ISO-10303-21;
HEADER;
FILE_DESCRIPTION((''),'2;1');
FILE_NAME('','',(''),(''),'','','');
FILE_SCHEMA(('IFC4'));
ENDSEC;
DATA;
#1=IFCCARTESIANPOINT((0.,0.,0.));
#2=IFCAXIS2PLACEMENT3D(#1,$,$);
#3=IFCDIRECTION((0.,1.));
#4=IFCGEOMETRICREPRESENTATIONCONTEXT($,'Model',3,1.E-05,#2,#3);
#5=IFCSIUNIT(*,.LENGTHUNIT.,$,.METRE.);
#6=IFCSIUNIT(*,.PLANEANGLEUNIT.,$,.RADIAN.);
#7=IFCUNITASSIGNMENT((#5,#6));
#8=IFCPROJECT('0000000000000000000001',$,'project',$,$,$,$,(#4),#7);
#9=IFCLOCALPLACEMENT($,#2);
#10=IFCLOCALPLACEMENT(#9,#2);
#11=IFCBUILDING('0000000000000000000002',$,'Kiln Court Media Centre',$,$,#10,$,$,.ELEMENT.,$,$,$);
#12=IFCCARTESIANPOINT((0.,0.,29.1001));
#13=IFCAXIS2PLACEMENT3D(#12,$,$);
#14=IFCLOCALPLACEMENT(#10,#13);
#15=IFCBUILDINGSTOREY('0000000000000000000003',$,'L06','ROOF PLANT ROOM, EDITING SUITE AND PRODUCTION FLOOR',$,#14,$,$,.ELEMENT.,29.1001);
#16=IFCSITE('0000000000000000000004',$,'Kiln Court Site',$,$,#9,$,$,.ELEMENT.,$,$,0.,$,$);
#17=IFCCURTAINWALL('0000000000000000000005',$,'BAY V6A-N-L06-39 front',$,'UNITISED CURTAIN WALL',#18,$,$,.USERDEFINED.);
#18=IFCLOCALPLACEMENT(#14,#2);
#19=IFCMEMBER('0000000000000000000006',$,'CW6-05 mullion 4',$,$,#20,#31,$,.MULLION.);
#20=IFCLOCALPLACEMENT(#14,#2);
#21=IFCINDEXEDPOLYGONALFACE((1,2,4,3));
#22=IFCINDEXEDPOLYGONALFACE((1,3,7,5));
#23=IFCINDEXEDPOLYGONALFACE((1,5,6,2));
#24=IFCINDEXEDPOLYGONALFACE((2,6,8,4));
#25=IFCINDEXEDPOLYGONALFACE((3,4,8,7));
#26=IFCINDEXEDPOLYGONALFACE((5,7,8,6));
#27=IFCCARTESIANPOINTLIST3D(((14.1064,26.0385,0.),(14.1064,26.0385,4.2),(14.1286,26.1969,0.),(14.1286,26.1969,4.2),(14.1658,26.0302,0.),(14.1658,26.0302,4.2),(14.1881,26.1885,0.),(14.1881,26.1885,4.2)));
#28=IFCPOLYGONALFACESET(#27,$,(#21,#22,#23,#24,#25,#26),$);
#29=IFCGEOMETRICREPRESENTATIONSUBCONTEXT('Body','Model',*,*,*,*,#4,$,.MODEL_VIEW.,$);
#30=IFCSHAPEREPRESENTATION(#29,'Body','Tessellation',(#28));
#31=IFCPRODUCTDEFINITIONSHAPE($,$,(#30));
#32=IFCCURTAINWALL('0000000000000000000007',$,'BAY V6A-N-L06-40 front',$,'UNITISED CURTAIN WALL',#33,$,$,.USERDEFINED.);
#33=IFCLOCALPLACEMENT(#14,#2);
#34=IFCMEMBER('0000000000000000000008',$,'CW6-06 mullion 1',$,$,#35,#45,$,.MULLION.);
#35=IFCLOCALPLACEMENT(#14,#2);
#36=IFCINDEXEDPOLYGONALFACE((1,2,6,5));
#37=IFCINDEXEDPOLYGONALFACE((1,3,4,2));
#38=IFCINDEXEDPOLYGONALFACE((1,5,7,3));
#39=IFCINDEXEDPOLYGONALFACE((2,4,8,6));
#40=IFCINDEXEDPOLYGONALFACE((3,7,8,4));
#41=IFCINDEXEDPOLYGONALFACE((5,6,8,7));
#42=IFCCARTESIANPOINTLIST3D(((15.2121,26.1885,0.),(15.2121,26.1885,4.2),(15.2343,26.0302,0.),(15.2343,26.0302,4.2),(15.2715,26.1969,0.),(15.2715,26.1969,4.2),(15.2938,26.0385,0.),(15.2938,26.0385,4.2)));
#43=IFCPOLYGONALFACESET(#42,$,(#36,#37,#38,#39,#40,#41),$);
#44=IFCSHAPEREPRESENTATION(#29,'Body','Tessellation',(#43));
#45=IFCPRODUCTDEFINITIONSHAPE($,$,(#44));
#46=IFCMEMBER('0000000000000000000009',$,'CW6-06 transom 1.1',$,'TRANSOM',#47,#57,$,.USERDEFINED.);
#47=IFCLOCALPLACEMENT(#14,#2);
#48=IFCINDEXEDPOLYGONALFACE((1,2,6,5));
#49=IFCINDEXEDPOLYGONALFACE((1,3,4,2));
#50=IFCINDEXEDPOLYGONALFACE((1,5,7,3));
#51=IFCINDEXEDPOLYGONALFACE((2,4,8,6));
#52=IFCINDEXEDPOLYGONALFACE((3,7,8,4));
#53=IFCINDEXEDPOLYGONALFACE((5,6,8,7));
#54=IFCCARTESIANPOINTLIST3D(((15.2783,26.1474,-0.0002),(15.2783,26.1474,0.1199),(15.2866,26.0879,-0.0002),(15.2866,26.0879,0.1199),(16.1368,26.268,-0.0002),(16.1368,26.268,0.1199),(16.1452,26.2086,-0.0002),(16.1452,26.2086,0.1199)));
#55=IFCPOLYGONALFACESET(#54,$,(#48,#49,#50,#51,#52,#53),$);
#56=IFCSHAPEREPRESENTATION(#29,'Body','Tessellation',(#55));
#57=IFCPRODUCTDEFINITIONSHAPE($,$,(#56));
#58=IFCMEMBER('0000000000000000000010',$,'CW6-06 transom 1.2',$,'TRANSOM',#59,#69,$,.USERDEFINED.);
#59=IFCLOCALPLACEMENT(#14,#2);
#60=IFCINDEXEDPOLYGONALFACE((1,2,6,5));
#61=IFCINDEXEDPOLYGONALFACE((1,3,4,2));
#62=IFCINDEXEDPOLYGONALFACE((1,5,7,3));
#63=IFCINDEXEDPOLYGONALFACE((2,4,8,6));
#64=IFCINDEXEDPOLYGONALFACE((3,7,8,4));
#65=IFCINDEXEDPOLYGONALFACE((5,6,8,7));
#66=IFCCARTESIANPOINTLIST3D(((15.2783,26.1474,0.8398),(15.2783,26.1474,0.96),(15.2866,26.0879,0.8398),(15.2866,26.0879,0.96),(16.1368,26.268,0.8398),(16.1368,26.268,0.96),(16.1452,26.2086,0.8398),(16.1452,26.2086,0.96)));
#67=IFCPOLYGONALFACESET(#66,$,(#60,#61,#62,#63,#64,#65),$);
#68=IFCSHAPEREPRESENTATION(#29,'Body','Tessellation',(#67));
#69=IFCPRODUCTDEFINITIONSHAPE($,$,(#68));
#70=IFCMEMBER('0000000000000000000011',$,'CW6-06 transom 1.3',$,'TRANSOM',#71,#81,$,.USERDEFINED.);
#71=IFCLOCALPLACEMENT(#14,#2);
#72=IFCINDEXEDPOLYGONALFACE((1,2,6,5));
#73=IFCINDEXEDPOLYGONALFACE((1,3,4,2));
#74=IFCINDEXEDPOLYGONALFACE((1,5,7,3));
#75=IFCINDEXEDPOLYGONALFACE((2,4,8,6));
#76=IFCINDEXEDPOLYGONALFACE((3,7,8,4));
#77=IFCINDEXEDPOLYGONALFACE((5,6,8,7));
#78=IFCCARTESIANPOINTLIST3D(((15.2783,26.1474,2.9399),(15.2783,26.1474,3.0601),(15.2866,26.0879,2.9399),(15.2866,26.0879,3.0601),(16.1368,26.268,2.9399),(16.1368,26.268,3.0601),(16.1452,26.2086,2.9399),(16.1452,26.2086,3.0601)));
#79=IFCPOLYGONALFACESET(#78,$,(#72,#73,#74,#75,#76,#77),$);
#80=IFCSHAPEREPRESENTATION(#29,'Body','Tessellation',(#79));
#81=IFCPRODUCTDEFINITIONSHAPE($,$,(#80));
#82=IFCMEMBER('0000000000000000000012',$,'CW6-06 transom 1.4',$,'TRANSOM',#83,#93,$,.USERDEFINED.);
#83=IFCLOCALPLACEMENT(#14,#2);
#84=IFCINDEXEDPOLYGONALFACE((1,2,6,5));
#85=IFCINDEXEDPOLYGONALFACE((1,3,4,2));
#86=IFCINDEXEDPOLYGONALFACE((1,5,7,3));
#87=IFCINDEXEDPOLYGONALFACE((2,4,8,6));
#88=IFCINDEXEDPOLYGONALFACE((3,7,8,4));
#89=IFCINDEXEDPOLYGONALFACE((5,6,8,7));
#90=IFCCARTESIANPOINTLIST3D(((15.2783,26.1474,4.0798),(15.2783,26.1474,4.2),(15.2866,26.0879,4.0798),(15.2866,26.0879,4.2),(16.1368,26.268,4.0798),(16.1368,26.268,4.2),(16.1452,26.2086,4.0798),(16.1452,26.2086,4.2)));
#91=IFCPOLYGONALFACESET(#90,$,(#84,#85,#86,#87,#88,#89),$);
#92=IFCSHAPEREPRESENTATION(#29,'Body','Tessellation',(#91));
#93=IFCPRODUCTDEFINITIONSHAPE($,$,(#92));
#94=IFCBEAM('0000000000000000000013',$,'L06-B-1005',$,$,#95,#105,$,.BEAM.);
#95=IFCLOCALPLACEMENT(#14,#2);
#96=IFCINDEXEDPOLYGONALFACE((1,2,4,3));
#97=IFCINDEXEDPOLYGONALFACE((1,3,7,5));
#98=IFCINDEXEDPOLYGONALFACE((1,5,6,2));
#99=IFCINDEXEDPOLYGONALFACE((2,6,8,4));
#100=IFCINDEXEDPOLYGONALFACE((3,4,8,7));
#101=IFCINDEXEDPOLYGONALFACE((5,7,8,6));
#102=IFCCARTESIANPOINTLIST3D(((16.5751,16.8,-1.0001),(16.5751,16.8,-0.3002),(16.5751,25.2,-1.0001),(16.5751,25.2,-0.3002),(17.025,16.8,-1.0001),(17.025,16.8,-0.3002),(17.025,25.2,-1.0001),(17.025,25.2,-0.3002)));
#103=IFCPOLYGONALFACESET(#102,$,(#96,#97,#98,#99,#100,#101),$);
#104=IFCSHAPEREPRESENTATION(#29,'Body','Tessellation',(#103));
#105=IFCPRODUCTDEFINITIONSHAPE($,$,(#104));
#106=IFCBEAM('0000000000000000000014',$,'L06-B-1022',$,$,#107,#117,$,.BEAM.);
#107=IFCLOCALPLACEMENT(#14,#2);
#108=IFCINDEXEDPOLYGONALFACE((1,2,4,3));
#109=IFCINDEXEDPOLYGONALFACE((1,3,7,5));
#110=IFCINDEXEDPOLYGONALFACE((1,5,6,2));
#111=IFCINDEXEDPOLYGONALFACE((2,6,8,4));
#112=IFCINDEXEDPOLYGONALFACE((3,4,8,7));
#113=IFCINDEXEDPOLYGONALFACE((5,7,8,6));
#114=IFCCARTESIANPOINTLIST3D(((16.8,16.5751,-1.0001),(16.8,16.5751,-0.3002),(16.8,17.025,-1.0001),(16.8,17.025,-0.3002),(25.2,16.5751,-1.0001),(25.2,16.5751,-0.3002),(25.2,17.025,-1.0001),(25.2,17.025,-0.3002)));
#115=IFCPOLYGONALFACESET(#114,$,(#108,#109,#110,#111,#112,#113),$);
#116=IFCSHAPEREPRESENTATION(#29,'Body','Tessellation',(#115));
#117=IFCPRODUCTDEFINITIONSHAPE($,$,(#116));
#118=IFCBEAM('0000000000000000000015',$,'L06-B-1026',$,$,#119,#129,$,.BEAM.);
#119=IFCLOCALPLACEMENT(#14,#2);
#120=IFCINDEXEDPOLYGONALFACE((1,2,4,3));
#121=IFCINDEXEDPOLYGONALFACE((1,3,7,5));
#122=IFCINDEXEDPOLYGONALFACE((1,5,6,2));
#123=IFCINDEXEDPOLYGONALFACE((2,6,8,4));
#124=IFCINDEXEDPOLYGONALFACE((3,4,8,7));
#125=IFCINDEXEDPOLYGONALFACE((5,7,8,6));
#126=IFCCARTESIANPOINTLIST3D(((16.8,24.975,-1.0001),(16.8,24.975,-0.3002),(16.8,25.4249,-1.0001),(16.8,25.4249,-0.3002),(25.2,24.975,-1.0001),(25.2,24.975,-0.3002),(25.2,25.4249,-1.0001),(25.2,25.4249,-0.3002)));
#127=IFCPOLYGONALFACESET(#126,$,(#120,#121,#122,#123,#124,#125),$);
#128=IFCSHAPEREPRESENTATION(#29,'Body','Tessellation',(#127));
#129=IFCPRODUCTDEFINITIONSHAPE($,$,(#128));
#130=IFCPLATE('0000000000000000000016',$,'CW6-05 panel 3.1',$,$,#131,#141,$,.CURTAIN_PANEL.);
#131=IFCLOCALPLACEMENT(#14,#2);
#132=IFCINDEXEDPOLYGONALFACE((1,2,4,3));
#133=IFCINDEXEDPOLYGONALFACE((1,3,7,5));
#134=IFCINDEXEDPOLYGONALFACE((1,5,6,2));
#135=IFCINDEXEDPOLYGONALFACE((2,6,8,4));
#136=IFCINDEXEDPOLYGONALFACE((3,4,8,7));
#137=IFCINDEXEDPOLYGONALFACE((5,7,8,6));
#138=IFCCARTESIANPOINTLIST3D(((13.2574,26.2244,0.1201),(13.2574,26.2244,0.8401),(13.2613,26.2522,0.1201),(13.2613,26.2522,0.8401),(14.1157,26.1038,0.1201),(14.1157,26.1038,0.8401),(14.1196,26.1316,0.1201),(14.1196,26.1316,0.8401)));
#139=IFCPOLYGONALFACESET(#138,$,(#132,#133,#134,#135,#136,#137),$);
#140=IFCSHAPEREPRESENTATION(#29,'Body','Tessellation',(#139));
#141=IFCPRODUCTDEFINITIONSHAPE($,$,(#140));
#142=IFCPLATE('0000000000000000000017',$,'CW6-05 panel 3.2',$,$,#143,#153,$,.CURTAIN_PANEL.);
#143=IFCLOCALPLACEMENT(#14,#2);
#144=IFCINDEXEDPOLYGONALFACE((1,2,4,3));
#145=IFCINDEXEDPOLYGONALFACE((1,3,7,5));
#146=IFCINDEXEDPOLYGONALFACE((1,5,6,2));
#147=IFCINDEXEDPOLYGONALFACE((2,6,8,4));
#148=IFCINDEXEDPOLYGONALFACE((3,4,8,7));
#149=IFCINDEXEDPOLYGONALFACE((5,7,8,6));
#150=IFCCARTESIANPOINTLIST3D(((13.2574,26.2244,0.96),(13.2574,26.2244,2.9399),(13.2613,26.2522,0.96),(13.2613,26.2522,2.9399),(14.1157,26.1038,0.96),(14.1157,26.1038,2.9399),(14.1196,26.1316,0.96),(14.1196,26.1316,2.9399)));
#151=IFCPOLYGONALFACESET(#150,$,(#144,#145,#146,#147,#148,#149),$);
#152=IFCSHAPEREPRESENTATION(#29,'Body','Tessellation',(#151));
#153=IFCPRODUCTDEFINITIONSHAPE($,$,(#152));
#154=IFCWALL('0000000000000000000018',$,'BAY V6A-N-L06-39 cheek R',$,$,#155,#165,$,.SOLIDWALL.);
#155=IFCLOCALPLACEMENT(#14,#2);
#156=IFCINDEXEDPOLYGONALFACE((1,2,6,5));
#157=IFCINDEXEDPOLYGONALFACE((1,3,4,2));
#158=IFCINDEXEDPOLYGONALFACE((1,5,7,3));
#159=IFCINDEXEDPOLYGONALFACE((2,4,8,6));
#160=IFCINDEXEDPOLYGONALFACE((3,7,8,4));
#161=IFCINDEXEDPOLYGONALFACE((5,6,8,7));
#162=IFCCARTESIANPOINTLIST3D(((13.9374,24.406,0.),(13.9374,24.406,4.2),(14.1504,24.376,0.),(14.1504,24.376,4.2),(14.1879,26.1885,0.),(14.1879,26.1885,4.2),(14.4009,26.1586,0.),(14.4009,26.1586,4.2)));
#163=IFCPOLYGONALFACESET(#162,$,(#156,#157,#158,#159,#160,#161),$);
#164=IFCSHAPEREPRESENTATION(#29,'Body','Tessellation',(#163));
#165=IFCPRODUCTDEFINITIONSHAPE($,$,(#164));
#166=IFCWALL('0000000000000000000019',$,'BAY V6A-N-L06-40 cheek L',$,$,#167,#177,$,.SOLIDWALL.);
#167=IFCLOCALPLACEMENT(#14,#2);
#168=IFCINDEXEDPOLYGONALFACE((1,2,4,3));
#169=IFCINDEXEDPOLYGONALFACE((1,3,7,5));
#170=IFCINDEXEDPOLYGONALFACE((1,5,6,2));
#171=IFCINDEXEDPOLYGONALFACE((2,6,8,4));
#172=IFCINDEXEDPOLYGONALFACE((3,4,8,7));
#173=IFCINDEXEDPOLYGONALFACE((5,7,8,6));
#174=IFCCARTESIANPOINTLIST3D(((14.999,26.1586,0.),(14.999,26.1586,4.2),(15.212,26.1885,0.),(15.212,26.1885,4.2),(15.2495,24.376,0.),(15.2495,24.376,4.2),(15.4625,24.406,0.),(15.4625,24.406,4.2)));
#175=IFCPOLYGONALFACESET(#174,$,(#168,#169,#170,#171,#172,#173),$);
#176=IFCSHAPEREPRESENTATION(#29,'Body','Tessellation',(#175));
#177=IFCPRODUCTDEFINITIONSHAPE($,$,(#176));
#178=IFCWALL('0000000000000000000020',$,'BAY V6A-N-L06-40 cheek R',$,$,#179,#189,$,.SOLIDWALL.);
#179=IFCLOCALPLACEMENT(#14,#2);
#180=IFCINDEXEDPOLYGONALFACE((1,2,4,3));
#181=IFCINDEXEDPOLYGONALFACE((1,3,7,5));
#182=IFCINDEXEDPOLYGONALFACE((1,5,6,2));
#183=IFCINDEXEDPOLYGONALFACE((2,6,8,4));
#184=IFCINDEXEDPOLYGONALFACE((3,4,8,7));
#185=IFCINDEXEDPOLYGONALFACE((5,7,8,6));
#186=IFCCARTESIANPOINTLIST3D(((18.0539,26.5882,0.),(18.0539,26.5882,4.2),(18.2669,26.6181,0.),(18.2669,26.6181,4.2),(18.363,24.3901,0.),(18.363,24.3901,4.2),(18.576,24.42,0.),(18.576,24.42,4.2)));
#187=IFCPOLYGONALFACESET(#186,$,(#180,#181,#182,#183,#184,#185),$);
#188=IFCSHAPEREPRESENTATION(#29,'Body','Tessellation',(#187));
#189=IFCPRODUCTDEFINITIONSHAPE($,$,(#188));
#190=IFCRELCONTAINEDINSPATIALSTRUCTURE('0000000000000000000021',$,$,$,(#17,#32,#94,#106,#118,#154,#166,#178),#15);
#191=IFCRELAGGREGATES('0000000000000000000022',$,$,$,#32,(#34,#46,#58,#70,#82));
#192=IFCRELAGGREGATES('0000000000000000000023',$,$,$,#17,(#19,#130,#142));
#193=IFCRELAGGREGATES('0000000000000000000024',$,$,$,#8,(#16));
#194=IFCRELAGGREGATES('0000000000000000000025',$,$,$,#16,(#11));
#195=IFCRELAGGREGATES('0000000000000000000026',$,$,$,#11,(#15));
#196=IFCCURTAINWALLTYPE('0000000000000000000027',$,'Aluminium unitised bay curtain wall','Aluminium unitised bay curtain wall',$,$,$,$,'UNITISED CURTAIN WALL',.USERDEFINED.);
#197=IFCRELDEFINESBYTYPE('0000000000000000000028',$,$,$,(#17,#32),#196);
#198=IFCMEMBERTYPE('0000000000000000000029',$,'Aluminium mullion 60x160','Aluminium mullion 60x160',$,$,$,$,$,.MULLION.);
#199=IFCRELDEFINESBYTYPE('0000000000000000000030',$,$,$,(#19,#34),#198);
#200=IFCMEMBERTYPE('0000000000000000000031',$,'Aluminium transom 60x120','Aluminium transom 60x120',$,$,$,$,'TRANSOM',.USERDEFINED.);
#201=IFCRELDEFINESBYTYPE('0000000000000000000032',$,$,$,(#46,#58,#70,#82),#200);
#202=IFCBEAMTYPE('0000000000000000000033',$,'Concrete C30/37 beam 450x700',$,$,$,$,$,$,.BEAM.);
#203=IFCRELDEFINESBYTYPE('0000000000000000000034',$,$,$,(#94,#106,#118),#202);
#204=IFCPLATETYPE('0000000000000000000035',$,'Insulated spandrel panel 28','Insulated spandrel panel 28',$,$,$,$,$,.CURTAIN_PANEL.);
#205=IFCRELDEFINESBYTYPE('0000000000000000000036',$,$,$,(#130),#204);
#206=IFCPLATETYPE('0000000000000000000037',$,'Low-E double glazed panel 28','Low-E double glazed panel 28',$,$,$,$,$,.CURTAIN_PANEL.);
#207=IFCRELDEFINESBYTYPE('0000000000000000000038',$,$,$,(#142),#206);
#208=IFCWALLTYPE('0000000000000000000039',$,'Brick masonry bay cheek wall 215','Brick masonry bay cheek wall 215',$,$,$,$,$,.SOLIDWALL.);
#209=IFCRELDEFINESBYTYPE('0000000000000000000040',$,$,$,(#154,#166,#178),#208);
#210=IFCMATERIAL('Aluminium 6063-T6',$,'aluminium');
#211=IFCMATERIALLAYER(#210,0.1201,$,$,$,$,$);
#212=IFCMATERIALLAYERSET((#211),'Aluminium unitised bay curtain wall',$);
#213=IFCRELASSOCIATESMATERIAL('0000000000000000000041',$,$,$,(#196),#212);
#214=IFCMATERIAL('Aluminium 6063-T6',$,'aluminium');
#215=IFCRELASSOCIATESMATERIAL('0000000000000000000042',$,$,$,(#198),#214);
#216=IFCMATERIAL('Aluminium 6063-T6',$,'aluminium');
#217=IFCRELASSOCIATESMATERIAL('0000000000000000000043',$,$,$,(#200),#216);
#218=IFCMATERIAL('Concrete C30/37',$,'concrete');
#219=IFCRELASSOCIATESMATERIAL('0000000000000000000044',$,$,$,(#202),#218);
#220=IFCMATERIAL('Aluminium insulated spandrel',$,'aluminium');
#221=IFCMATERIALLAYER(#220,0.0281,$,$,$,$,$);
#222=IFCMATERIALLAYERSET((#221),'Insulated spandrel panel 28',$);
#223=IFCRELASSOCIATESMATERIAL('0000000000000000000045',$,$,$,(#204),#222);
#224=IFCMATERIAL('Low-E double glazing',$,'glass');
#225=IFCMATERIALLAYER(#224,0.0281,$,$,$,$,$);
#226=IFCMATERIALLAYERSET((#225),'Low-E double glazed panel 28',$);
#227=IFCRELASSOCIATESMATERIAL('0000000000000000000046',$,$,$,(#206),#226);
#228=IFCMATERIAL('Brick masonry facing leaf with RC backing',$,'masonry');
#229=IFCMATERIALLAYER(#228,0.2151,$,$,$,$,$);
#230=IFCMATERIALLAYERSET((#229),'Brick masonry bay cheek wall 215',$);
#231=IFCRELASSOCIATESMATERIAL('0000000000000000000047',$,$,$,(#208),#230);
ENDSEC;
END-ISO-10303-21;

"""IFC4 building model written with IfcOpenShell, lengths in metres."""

from ifc_helpers import new_model, si_unit, direction, frame, frame_2d, origin, origin_2d, place, context, subcontext, project, spatial, rectangle, extrude, material, layer, layer_set, material_profile, profile_set, type_object, element, aggregate, save


model = new_model("IFC4")

# Units and contexts
model_context = context("Model", 3, precision=1e-05, world=origin(), true_north=direction((0.0, 1.0)))
body_context = subcontext(model_context, "Body", "Model", "MODEL_VIEW")
ifc_project = project(units=[si_unit("LENGTHUNIT", "METRE"), si_unit("PLANEANGLEUNIT", "RADIAN")], contexts=[model_context])

# Site, building, storey
site_placement = place(None, origin())
site = spatial("IfcSite", under=ifc_project, at=site_placement, Name="Kiln Court Site", CompositionType="ELEMENT", RefElevation=0.0)
building_placement = place(site_placement, origin())
building = spatial("IfcBuilding", under=site, at=building_placement, Name="Kiln Court Media Centre", CompositionType="ELEMENT")
storey_placement = place(building_placement, frame((0.0, 0.0, 29.1001)))
storey = spatial("IfcBuildingStorey", under=building, at=storey_placement, Name="L06", Description="ROOF PLANT ROOM, EDITING SUITE AND PRODUCTION FLOOR", CompositionType="ELEMENT", Elevation=29.1001)

# Curtain wall, member
ifc_material_1 = material(Name="Aluminium 6063-T6", Category="aluminium")
ifc_layer_1 = layer(ifc_material_1, 0.1201)
ifc_layer_set_1 = layer_set([ifc_layer_1], Name="Aluminium unitised bay curtain wall")
curtain_wall_type = type_object("IfcCurtainWallType", Name="Aluminium unitised bay curtain wall", Description="Aluminium unitised bay curtain wall", ElementType="UNITISED CURTAIN WALL", PredefinedType="USERDEFINED", material=ifc_layer_set_1)
curtain_wall_1_placement = place(storey_placement, origin())
curtain_wall_1 = element("IfcCurtainWall", 1, at=curtain_wall_1_placement, inside=storey, type_object=curtain_wall_type, Name="BAY V6A-N-L06-39 front", ObjectType="UNITISED CURTAIN WALL", PredefinedType="USERDEFINED")
ifc_material_2 = material(Name="Aluminium 6063-T6", Category="aluminium")
ifc_material_profile_1 = material_profile(ifc_material_2, rectangle(XDim=0.0601, YDim=0.1599, at=origin_2d()), Name="Aluminium mullion 60x160")
ifc_profile_set_1 = profile_set([ifc_material_profile_1], Name="Aluminium 6063-T6")
member_type_1 = type_object("IfcMemberType", Name="Aluminium mullion 60x160", Description="Aluminium mullion 60x160", PredefinedType="MULLION", material=ifc_profile_set_1)
member_1_placement = place(storey_placement, frame((14.1472, 26.1135, 0.0), z_axis=(0.0, 0.0, 1.0), x_axis=(0.99027, -0.139162, 0.0)))
member_1 = element("IfcMember", 2, at=member_1_placement, type_object=member_type_1, Name="CW6-05 mullion 4", PredefinedType="MULLION", context=body_context, shape_type="SweptSolid", body=[
    extrude(rectangle(XDim=0.0601, YDim=0.1599, at=origin_2d()), origin(), (0.0, 0.0, 1.0), 4.2),
])

# Curtain wall, members
curtain_wall_2_placement = place(storey_placement, origin())
curtain_wall_2 = element("IfcCurtainWall", 3, at=curtain_wall_2_placement, inside=storey, type_object=curtain_wall_type, Name="BAY V6A-N-L06-40 front", ObjectType="UNITISED CURTAIN WALL", PredefinedType="USERDEFINED")
member_2_placement = place(storey_placement, frame((15.2529, 26.1135, 0.0), z_axis=(0.0, 0.0, 1.0), x_axis=(0.99027, 0.139162, 0.0)))
member_2 = element("IfcMember", 4, at=member_2_placement, type_object=member_type_1, Name="CW6-06 mullion 1", PredefinedType="MULLION", context=body_context, shape_type="SweptSolid", body=[
    extrude(rectangle(XDim=0.0601, YDim=0.1599, at=origin_2d()), origin(), (0.0, 0.0, 1.0), 4.2),
])
ifc_material_3 = material(Name="Aluminium 6063-T6", Category="aluminium")
ifc_material_profile_2 = material_profile(ifc_material_3, rectangle(XDim=0.0601, YDim=0.1201, at=origin_2d()), Name="Aluminium transom 60x120")
ifc_profile_set_2 = profile_set([ifc_material_profile_2], Name="Aluminium 6063-T6")
member_type_2 = type_object("IfcMemberType", Name="Aluminium transom 60x120", Description="Aluminium transom 60x120", ElementType="TRANSOM", PredefinedType="USERDEFINED", material=ifc_profile_set_2)
member_3_placement = place(storey_placement, frame((15.2825, 26.1177, 0.0598), z_axis=(0.990274, 0.139134, 0.0), x_axis=(-0.139134, 0.990274, 0.0)))
member_3 = element("IfcMember", 5, at=member_3_placement, type_object=member_type_2, Name="CW6-06 transom 1.1", ObjectType="TRANSOM", PredefinedType="USERDEFINED", context=body_context, shape_type="SweptSolid", body=[
    extrude(rectangle(XDim=0.0601, YDim=0.1201, at=origin_2d()), origin(), (0.0, 0.0, 1.0), 0.8669),
])
member_4_placement = place(storey_placement, frame((15.2825, 26.1177, 0.8999), z_axis=(0.990274, 0.139134, 0.0), x_axis=(-0.139134, 0.990274, 0.0)))
member_4 = element("IfcMember", 6, at=member_4_placement, type_object=member_type_2, Name="CW6-06 transom 1.2", ObjectType="TRANSOM", PredefinedType="USERDEFINED", context=body_context, shape_type="SweptSolid", body=[
    extrude(rectangle(XDim=0.0601, YDim=0.1201, at=origin_2d()), origin(), (0.0, 0.0, 1.0), 0.8669),
])
member_5_placement = place(storey_placement, frame((15.2825, 26.1177, 3.0), z_axis=(0.990274, 0.139134, 0.0), x_axis=(-0.139134, 0.990274, 0.0)))
member_5 = element("IfcMember", 7, at=member_5_placement, type_object=member_type_2, Name="CW6-06 transom 1.3", ObjectType="TRANSOM", PredefinedType="USERDEFINED", context=body_context, shape_type="SweptSolid", body=[
    extrude(rectangle(XDim=0.0601, YDim=0.1201, at=origin_2d()), origin(), (0.0, 0.0, 1.0), 0.8669),
])
member_6_placement = place(storey_placement, frame((15.2825, 26.1177, 4.1399), z_axis=(0.990274, 0.139134, 0.0), x_axis=(-0.139134, 0.990274, 0.0)))
member_6 = element("IfcMember", 8, at=member_6_placement, type_object=member_type_2, Name="CW6-06 transom 1.4", ObjectType="TRANSOM", PredefinedType="USERDEFINED", context=body_context, shape_type="SweptSolid", body=[
    extrude(rectangle(XDim=0.0601, YDim=0.1201, at=origin_2d()), origin(), (0.0, 0.0, 1.0), 0.8669),
])
aggregate(curtain_wall_2, [member_2, member_3, member_4, member_5, member_6])

# Beams
ifc_material_4 = material(Name="Concrete C30/37", Category="concrete")
ifc_material_profile_3 = material_profile(ifc_material_4, rectangle(XDim=0.45, YDim=0.7, at=origin_2d()), Name="RC 450x700")
ifc_profile_set_3 = profile_set([ifc_material_profile_3], Name="Concrete C30/37")
beam_type = type_object("IfcBeamType", Name="Concrete C30/37 beam 450x700", PredefinedType="BEAM", material=ifc_profile_set_3)
for number, where, z_axis, x_axis, name in (
    (9, (16.8, 16.8, -0.6501), (0.0, 1.0, 0.0), (-1.0, 0.0, 0.0), "L06-B-1005"),
    (10, (16.8, 16.8, -0.6501), (1.0, 0.0, 0.0), (0.0, 1.0, 0.0), "L06-B-1022"),
    (11, (16.8, 25.2, -0.6501), (1.0, 0.0, 0.0), (0.0, 1.0, 0.0), "L06-B-1026"),
):
    element("IfcBeam", number, at=place(storey_placement, frame(where, z_axis=z_axis, x_axis=x_axis)), inside=storey, type_object=beam_type, Name=name, PredefinedType="BEAM", context=body_context, shape_type="SweptSolid", body=[
        extrude(rectangle(XDim=0.45, YDim=0.7, at=origin_2d()), origin(), (0.0, 0.0, 1.0), 8.3999),
    ])

# Plates
ifc_material_5 = material(Name="Aluminium insulated spandrel", Category="aluminium")
ifc_layer_2 = layer(ifc_material_5, 0.0281)
ifc_layer_set_2 = layer_set([ifc_layer_2], Name="Insulated spandrel panel 28")
plate_type_1 = type_object("IfcPlateType", Name="Insulated spandrel panel 28", Description="Insulated spandrel panel 28", PredefinedType="CURTAIN_PANEL", material=ifc_layer_set_2)
plate_1_placement = place(storey_placement, frame((13.6885, 26.178, 0.1201), z_axis=(0.0, 0.0, 1.0), x_axis=(0.99027, -0.139162, 0.0)))
plate_1 = element("IfcPlate", 12, at=plate_1_placement, type_object=plate_type_1, Name="CW6-05 panel 3.1", PredefinedType="CURTAIN_PANEL", context=body_context, shape_type="SweptSolid", body=[
    extrude(rectangle(XDim=0.8667, YDim=0.0281, at=origin_2d()), origin(), (0.0, 0.0, 1.0), 0.72),
])
ifc_material_6 = material(Name="Low-E double glazing", Category="glass")
ifc_layer_3 = layer(ifc_material_6, 0.0281)
ifc_layer_set_3 = layer_set([ifc_layer_3], Name="Low-E double glazed panel 28")
plate_type_2 = type_object("IfcPlateType", Name="Low-E double glazed panel 28", Description="Low-E double glazed panel 28", PredefinedType="CURTAIN_PANEL", material=ifc_layer_set_3)
plate_2_placement = place(storey_placement, frame((13.6885, 26.178, 0.96), z_axis=(0.0, 0.0, 1.0), x_axis=(0.99027, -0.139162, 0.0)))
plate_2 = element("IfcPlate", 13, at=plate_2_placement, type_object=plate_type_2, Name="CW6-05 panel 3.2", PredefinedType="CURTAIN_PANEL", context=body_context, shape_type="SweptSolid", body=[
    extrude(rectangle(XDim=0.8667, YDim=0.0281, at=origin_2d()), origin(), (0.0, 0.0, 1.0), 1.98),
])
aggregate(curtain_wall_1, [member_1, plate_1, plate_2])

# Walls
ifc_material_7 = material(Name="Brick masonry facing leaf with RC backing", Category="masonry")
ifc_layer_4 = layer(ifc_material_7, 0.2151)
ifc_layer_set_4 = layer_set([ifc_layer_4], Name="Brick masonry bay cheek wall 215")
wall_type_1 = type_object("IfcWallType", Name="Brick masonry bay cheek wall 215", Description="Brick masonry bay cheek wall 215", PredefinedType="SOLIDWALL", material=ifc_layer_set_4)
for number, where, z_axis, x_axis, name in (
    (14, (14.0439, 24.3911, 0.0), (0.0, 0.0, 1.0), (0.139161, 0.99027, 0.0), "BAY V6A-N-L06-39 cheek R"),
    (15, (15.356, 24.3911, 0.0), (0.0, 0.0, 1.0), (-0.139161, 0.99027, 0.0), "BAY V6A-N-L06-40 cheek L"),
):
    element("IfcWall", number, at=place(storey_placement, frame(where, z_axis=z_axis, x_axis=x_axis)), inside=storey, type_object=wall_type_1, Name=name, PredefinedType="SOLIDWALL", context=body_context, shape_type="SweptSolid", body=[
        extrude(rectangle(XDim=1.8, YDim=0.2151, at=frame_2d((0.8999, 0.0))), origin(), (0.0, 0.0, 1.0), 4.2),
    ])
wall_1_placement = place(storey_placement, frame((18.4695, 24.405, 0.0), z_axis=(0.0, 0.0, 1.0), x_axis=(-0.13925, 0.990257, 0.0)))
element("IfcWall", 16, at=wall_1_placement, inside=storey, type_object=wall_type_1, Name="BAY V6A-N-L06-40 cheek R", PredefinedType="SOLIDWALL", context=body_context, shape_type="SweptSolid", body=[
    extrude(rectangle(XDim=2.2197, YDim=0.2151, at=frame_2d((1.1099, 0.0))), origin(), (0.0, 0.0, 1.0), 4.2),
])

save(model, "model.ifc")
